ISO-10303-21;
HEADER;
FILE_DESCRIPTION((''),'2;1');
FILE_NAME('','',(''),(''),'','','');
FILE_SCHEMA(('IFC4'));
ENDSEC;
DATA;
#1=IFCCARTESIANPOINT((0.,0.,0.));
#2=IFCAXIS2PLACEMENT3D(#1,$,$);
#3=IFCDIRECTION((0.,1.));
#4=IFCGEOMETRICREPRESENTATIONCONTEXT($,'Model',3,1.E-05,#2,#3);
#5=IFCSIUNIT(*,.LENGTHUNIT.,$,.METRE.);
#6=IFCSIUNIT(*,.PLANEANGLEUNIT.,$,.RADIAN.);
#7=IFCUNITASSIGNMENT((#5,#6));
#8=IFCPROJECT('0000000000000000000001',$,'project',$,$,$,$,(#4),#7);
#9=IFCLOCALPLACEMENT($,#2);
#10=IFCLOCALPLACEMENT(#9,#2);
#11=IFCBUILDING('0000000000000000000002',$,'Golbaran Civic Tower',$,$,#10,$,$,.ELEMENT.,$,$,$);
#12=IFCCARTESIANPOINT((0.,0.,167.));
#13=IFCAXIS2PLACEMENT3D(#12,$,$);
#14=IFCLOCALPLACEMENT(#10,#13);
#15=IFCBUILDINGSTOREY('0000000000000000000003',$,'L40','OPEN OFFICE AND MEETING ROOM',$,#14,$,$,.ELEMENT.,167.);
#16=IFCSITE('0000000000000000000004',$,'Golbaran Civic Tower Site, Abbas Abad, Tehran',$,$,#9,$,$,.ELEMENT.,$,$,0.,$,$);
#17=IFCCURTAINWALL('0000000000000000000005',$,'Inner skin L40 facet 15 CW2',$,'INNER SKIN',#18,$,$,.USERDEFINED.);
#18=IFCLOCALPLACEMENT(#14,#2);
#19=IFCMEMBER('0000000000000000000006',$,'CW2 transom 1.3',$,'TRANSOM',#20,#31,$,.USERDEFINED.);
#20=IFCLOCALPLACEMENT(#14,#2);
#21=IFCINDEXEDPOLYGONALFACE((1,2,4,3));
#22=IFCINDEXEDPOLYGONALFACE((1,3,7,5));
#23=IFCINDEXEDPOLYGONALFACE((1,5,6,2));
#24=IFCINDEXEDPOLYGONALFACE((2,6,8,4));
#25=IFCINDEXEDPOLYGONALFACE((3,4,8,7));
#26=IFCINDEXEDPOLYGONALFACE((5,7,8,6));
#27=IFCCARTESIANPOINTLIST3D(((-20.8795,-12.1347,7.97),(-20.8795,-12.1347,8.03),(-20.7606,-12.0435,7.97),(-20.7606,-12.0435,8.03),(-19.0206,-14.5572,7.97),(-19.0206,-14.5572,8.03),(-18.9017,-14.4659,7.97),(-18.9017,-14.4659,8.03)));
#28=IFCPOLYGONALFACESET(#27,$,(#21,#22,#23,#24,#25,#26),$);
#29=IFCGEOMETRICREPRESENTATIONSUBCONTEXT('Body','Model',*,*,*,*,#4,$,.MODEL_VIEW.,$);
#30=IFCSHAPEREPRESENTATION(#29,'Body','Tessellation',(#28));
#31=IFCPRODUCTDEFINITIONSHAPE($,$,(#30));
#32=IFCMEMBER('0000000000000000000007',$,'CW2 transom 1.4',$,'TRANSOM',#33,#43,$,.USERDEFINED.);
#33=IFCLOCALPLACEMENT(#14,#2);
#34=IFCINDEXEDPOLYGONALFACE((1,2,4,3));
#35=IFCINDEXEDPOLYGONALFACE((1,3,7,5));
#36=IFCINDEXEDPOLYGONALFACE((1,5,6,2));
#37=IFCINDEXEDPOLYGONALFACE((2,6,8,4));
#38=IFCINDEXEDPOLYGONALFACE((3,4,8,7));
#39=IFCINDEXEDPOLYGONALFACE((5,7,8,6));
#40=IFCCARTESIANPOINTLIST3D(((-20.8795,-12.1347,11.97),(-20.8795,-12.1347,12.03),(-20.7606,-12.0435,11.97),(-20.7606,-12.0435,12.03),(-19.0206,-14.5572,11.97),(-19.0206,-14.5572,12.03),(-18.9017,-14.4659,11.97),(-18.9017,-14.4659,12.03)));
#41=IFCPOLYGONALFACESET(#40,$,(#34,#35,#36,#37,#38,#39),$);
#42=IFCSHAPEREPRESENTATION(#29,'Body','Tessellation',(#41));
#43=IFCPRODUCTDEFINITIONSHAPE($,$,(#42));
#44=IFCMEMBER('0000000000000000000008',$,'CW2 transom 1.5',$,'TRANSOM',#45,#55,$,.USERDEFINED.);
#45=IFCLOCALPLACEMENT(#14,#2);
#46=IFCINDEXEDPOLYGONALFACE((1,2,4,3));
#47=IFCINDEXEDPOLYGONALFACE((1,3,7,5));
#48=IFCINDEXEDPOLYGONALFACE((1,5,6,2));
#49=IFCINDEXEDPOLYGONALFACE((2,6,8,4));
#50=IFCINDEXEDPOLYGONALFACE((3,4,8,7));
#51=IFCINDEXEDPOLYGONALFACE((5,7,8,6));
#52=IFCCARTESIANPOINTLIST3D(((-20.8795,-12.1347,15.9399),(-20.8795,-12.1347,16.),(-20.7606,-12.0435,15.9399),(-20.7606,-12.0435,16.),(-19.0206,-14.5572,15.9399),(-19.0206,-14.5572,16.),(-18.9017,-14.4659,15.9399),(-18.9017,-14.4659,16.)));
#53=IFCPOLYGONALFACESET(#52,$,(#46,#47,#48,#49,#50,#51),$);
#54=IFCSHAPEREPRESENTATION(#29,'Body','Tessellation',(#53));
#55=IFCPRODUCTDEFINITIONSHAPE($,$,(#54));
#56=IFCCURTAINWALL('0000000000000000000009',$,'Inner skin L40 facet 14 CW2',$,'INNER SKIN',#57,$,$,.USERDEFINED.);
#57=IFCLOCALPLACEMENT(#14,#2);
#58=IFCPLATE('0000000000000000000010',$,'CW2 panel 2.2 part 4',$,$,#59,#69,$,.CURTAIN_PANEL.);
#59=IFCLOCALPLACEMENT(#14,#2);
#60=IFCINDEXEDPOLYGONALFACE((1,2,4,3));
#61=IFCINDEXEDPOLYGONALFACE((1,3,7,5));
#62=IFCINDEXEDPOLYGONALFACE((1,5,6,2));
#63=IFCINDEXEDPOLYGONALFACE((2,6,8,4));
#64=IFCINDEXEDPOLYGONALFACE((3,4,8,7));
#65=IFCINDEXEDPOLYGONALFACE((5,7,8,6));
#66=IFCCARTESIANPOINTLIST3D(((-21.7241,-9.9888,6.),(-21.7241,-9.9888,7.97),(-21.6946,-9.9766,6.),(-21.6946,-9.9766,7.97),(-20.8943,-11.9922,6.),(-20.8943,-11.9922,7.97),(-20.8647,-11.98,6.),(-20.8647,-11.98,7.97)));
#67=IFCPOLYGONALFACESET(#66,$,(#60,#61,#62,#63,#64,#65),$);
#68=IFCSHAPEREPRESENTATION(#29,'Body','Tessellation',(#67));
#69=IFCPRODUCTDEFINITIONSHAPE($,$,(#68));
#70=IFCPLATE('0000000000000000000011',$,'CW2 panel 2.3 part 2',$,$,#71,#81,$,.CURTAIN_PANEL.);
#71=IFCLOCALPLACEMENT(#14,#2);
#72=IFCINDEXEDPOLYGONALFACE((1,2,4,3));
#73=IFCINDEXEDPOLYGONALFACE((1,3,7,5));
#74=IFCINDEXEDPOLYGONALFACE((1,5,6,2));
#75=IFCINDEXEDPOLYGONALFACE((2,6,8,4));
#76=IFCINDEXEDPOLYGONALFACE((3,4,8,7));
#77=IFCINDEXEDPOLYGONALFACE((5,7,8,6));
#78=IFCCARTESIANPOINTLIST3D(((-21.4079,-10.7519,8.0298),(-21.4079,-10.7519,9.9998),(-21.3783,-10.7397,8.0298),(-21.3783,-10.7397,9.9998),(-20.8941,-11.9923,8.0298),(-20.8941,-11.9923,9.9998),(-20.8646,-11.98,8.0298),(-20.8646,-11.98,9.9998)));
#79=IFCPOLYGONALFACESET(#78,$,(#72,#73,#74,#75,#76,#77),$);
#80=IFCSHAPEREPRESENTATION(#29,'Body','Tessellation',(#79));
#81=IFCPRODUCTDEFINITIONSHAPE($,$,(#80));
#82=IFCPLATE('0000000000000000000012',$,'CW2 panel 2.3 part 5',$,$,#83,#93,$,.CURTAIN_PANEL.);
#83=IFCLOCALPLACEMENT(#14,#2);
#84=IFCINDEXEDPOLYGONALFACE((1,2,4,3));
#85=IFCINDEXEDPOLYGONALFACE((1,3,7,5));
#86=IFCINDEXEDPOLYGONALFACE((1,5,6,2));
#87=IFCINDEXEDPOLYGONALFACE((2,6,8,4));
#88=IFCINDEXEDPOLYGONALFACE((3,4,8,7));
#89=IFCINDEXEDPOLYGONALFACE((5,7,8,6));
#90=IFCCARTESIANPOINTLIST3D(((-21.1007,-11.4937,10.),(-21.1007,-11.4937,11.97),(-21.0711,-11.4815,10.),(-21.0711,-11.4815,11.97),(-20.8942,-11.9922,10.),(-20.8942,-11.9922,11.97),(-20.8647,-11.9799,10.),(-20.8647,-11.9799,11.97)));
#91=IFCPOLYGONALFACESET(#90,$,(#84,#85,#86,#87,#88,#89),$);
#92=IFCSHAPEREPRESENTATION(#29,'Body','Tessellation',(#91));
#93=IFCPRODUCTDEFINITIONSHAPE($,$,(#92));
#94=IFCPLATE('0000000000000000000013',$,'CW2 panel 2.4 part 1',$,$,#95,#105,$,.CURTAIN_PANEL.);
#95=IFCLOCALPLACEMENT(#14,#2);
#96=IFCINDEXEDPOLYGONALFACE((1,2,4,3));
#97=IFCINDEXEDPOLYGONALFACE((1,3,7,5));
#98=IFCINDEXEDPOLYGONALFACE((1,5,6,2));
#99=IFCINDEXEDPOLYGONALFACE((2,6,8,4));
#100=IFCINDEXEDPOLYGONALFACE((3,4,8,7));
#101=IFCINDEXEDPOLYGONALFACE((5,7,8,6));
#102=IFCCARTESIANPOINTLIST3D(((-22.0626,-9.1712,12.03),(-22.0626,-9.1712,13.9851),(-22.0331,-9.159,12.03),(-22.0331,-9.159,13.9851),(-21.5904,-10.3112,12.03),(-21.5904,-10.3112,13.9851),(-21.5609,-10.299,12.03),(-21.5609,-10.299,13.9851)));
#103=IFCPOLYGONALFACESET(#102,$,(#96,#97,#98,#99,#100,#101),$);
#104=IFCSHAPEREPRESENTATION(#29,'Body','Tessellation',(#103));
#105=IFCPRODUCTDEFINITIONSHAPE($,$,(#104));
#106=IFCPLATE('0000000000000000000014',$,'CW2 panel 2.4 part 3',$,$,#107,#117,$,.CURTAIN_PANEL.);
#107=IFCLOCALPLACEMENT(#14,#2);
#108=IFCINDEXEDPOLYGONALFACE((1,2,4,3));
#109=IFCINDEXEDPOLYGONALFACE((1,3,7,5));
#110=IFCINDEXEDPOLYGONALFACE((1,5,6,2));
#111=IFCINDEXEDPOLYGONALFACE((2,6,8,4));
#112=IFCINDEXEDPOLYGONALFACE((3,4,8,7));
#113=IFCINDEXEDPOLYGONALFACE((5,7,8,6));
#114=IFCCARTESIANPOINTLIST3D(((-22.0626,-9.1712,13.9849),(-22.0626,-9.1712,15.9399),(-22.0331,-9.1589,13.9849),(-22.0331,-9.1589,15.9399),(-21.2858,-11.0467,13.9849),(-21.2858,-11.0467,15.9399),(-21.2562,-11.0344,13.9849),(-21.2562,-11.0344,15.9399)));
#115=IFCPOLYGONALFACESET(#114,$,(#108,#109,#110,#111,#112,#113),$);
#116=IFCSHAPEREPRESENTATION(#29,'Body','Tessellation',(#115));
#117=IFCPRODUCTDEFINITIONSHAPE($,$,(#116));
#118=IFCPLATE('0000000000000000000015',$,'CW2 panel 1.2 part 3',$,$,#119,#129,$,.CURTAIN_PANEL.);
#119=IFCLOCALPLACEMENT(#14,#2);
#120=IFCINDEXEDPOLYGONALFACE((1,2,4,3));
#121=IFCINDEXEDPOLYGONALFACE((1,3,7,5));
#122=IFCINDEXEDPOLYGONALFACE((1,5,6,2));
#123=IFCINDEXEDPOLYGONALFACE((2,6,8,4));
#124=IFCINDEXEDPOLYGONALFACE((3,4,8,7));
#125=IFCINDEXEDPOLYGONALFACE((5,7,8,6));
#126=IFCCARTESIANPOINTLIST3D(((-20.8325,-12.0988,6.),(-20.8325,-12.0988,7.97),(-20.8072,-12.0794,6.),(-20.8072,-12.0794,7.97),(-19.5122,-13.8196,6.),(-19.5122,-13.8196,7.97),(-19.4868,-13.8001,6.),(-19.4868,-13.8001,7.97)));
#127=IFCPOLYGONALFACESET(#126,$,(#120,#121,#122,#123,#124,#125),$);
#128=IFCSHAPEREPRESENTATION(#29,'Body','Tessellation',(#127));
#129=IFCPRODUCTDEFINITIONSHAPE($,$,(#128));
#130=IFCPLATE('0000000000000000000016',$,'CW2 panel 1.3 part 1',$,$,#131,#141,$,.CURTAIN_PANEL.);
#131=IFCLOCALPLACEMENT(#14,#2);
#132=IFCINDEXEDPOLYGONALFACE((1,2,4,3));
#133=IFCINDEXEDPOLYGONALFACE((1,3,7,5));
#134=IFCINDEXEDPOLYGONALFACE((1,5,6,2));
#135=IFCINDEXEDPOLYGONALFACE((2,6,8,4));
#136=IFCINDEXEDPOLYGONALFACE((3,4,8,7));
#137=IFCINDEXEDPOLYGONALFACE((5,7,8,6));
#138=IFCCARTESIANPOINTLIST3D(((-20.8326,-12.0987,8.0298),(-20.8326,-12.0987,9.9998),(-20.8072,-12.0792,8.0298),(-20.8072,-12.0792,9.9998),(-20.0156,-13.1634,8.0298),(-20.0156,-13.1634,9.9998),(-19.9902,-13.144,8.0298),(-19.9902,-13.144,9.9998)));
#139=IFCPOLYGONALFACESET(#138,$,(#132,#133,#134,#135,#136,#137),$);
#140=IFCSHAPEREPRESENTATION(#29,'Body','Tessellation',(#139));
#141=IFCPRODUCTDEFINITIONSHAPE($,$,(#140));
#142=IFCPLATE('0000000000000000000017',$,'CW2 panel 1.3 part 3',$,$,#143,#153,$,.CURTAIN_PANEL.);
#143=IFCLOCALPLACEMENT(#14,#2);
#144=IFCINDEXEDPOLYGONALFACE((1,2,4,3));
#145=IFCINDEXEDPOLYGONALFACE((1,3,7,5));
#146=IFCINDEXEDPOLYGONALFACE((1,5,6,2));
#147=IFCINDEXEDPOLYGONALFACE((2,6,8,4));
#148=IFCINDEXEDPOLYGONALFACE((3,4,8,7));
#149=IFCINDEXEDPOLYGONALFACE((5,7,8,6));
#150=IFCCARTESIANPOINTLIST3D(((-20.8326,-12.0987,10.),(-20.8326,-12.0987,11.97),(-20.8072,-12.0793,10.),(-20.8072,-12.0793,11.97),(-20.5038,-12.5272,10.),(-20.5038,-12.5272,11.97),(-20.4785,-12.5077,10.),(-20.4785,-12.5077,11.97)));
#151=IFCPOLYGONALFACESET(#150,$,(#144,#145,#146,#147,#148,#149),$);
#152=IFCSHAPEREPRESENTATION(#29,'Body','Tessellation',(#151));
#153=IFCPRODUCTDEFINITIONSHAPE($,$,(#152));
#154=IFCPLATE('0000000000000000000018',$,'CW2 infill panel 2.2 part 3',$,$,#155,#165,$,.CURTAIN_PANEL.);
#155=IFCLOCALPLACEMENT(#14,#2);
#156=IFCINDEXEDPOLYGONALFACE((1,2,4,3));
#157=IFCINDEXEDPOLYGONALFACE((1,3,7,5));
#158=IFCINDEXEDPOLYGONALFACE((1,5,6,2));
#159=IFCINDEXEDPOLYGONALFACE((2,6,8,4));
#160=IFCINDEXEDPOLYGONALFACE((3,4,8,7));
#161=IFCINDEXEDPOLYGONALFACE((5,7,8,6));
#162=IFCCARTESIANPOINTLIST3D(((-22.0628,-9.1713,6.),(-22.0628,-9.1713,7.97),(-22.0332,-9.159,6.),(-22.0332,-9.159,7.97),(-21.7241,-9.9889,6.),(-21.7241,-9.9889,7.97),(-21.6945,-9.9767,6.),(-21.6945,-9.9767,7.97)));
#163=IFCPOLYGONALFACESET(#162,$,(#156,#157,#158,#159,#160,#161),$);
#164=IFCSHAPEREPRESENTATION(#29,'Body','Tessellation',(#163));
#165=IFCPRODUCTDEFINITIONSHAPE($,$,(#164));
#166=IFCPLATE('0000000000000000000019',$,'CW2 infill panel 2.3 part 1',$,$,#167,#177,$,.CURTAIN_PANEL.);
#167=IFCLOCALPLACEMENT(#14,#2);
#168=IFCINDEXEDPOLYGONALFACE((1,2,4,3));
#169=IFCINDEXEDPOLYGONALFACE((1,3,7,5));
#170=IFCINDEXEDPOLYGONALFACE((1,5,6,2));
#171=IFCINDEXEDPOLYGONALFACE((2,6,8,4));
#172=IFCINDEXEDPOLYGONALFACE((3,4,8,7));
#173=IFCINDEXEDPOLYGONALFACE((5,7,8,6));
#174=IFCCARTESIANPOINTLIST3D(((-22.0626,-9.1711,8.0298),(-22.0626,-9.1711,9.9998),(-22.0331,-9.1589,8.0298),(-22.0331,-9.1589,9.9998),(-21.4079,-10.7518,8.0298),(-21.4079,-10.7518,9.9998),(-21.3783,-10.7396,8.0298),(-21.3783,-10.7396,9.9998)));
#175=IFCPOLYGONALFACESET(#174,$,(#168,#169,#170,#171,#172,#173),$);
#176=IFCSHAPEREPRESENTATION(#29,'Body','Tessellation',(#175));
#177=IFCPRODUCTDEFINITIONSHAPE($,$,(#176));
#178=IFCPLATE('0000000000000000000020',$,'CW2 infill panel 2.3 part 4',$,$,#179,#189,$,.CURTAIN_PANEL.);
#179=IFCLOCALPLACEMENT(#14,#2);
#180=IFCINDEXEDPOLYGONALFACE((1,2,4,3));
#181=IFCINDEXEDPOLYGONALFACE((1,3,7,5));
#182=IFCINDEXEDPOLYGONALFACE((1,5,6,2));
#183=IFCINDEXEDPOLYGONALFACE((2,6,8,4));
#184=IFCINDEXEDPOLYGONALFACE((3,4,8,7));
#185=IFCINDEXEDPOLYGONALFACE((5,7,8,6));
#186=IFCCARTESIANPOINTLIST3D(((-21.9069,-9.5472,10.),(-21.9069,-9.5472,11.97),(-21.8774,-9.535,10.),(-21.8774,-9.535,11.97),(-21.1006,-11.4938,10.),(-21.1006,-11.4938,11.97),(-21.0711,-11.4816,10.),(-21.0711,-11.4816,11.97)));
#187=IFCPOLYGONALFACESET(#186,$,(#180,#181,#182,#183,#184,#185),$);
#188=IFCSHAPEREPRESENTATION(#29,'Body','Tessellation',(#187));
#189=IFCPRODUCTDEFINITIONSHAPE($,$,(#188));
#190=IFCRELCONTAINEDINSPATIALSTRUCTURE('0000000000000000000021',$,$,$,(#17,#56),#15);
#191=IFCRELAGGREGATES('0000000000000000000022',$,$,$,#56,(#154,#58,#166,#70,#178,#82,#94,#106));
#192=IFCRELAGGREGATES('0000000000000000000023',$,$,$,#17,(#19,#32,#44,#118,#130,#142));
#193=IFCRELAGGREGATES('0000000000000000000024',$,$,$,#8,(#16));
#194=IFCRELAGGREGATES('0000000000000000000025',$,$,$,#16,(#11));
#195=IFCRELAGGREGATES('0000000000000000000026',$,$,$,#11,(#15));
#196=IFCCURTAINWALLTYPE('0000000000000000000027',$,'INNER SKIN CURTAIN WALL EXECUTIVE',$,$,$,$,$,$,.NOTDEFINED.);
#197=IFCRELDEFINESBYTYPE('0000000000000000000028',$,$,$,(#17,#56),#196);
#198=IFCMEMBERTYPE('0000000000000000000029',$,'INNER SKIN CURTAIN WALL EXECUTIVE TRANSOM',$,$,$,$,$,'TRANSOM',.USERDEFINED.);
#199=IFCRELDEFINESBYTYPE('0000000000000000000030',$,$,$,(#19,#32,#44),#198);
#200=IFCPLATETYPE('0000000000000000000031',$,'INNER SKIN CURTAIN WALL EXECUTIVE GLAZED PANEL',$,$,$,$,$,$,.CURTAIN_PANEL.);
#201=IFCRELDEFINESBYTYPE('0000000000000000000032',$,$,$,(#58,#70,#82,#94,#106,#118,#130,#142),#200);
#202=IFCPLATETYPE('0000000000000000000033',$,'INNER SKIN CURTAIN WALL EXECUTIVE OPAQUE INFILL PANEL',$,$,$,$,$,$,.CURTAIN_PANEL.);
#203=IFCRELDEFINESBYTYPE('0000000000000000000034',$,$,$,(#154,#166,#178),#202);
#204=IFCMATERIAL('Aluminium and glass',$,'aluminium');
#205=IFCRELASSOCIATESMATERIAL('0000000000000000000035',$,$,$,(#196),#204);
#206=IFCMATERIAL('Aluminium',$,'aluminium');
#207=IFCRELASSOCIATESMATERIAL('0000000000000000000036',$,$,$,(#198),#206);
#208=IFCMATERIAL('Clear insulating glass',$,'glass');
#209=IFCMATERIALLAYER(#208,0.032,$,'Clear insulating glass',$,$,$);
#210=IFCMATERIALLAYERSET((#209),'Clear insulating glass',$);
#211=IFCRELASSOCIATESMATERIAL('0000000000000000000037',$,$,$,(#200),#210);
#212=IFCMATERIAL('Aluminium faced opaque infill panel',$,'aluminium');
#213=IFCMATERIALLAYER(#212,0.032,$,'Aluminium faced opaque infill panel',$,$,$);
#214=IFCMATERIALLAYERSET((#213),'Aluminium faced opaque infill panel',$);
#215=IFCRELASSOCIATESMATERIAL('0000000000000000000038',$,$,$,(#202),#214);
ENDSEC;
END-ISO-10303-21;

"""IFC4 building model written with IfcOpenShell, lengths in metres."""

from ifc_helpers import new_model, si_unit, direction, frame, origin, origin_2d, place, context, subcontext, project, spatial, rectangle, extrude, material, layer, layer_set, material_profile, profile_set, type_object, element, aggregate, save


model = new_model("IFC4")

# Units and contexts
model_context = context("Model", 3, precision=1e-05, world=origin(), true_north=direction((0.0, 1.0)))
body_context = subcontext(model_context, "Body", "Model", "MODEL_VIEW")
ifc_project = project(units=[si_unit("LENGTHUNIT", "METRE"), si_unit("PLANEANGLEUNIT", "RADIAN")], contexts=[model_context])

# Site, building, storey
site_placement = place(None, origin())
site = spatial("IfcSite", under=ifc_project, at=site_placement, Name="Golbaran Civic Tower Site, Abbas Abad, Tehran", CompositionType="ELEMENT", RefElevation=0.0)
building_placement = place(site_placement, origin())
building = spatial("IfcBuilding", under=site, at=building_placement, Name="Golbaran Civic Tower", CompositionType="ELEMENT")
storey_placement = place(building_placement, frame((0.0, 0.0, 167.0)))
storey = spatial("IfcBuildingStorey", under=building, at=storey_placement, Name="L40", Description="OPEN OFFICE AND MEETING ROOM", CompositionType="ELEMENT", Elevation=167.0)

# Curtain wall, members
ifc_material_1 = material(Name="Aluminium and glass", Category="aluminium")
curtain_wall_type_1 = type_object("IfcCurtainWallType", Name="INNER SKIN CURTAIN WALL EXECUTIVE", PredefinedType="NOTDEFINED", material=ifc_material_1)
curtain_wall_1_placement = place(storey_placement, origin())
curtain_wall_1 = element("IfcCurtainWall", 1, at=curtain_wall_1_placement, inside=storey, type_object=curtain_wall_type_1, Name="Inner skin L40 facet 15 CW2", ObjectType="INNER SKIN", PredefinedType="USERDEFINED")
ifc_material_2 = material(Name="Aluminium", Category="aluminium")
ifc_material_profile = material_profile(ifc_material_2, rectangle(XDim=0.1499, YDim=0.0601, at=origin_2d()), Name="INNER SKIN CURTAIN WALL EXECUTIVE TRANSOM")
ifc_profile_set = profile_set([ifc_material_profile], Name="Aluminium")
member_type = type_object("IfcMemberType", Name="INNER SKIN CURTAIN WALL EXECUTIVE TRANSOM", ElementType="TRANSOM", PredefinedType="USERDEFINED", material=ifc_profile_set)
member_1_placement = place(storey_placement, frame((-20.8201, -12.0891, 8.0), z_axis=(0.608791, -0.793331, 0.0), x_axis=(0.793331, 0.608791, 0.0)))
member_1 = element("IfcMember", 2, at=member_1_placement, type_object=member_type, Name="CW2 transom 1.3", ObjectType="TRANSOM", PredefinedType="USERDEFINED", context=body_context, shape_type="SweptSolid", body=[
    extrude(rectangle(XDim=0.1499, YDim=0.0601, at=origin_2d()), origin(), (0.0, 0.0, 1.0), 3.0535),
])
member_2_placement = place(storey_placement, frame((-20.8201, -12.0891, 12.0), z_axis=(0.608791, -0.793331, 0.0), x_axis=(0.793331, 0.608791, 0.0)))
member_2 = element("IfcMember", 3, at=member_2_placement, type_object=member_type, Name="CW2 transom 1.4", ObjectType="TRANSOM", PredefinedType="USERDEFINED", context=body_context, shape_type="SweptSolid", body=[
    extrude(rectangle(XDim=0.1499, YDim=0.0601, at=origin_2d()), origin(), (0.0, 0.0, 1.0), 3.0535),
])
member_3_placement = place(storey_placement, frame((-20.8201, -12.0891, 15.97), z_axis=(0.608791, -0.793331, 0.0), x_axis=(0.793331, 0.608791, 0.0)))
member_3 = element("IfcMember", 4, at=member_3_placement, type_object=member_type, Name="CW2 transom 1.5", ObjectType="TRANSOM", PredefinedType="USERDEFINED", context=body_context, shape_type="SweptSolid", body=[
    extrude(rectangle(XDim=0.1499, YDim=0.0601, at=origin_2d()), origin(), (0.0, 0.0, 1.0), 3.0535),
])

# Curtain wall, plates
curtain_wall_2_placement = place(storey_placement, origin())
curtain_wall_2 = element("IfcCurtainWall", 5, at=curtain_wall_2_placement, inside=storey, type_object=curtain_wall_type_1, Name="Inner skin L40 facet 14 CW2", ObjectType="INNER SKIN", PredefinedType="USERDEFINED")
ifc_material_3 = material(Name="Clear insulating glass", Category="glass")
ifc_layer_1 = layer(ifc_material_3, 0.032, Name="Clear insulating glass")
ifc_layer_set_1 = layer_set([ifc_layer_1], Name="Clear insulating glass")
plate_type_1 = type_object("IfcPlateType", Name="INNER SKIN CURTAIN WALL EXECUTIVE GLAZED PANEL", PredefinedType="CURTAIN_PANEL", material=ifc_layer_set_1)
plate_1_placement = place(storey_placement, frame((-21.2944, -10.9844, 6.0), z_axis=(0.0, 0.0, 1.0), x_axis=(0.382683, -0.92388, 0.0)))
plate_1 = element("IfcPlate", 6, at=plate_1_placement, type_object=plate_type_1, Name="CW2 panel 2.2 part 4", PredefinedType="CURTAIN_PANEL", context=body_context, shape_type="SweptSolid", body=[
    extrude(rectangle(XDim=2.1685, YDim=0.032, at=origin_2d()), origin(), (0.0, 0.0, 1.0), 1.97),
])
plate_2_placement = place(storey_placement, frame((-21.1362, -11.366, 8.0298), z_axis=(0.0, 0.0, 1.0), x_axis=(0.382683, -0.92388, 0.0)))
plate_2 = element("IfcPlate", 7, at=plate_2_placement, type_object=plate_type_1, Name="CW2 panel 2.3 part 2", PredefinedType="CURTAIN_PANEL", context=body_context, shape_type="SweptSolid", body=[
    extrude(rectangle(XDim=1.3425, YDim=0.032, at=origin_2d()), origin(), (0.0, 0.0, 1.0), 1.97),
])
plate_3_placement = place(storey_placement, frame((-20.9827, -11.7368, 10.0), z_axis=(0.0, 0.0, 1.0), x_axis=(0.382683, -0.92388, 0.0)))
plate_3 = element("IfcPlate", 8, at=plate_3_placement, type_object=plate_type_1, Name="CW2 panel 2.3 part 5", PredefinedType="CURTAIN_PANEL", context=body_context, shape_type="SweptSolid", body=[
    extrude(rectangle(XDim=0.5396, YDim=0.032, at=origin_2d()), origin(), (0.0, 0.0, 1.0), 1.97),
])
plate_4_placement = place(storey_placement, frame((-21.8118, -9.7351, 12.03), z_axis=(0.0, 0.0, 1.0), x_axis=(0.382683, -0.92388, 0.0)))
plate_4 = element("IfcPlate", 9, at=plate_4_placement, type_object=plate_type_1, Name="CW2 panel 2.4 part 1", PredefinedType="CURTAIN_PANEL", context=body_context, shape_type="SweptSolid", body=[
    extrude(rectangle(XDim=1.2339, YDim=0.032, at=origin_2d()), origin(), (0.0, 0.0, 1.0), 1.9551),
])
plate_5_placement = place(storey_placement, frame((-21.6594, -10.1028, 13.9849), z_axis=(0.0, 0.0, 1.0), x_axis=(0.382683, -0.92388, 0.0)))
plate_5 = element("IfcPlate", 10, at=plate_5_placement, type_object=plate_type_1, Name="CW2 panel 2.4 part 3", PredefinedType="CURTAIN_PANEL", context=body_context, shape_type="SweptSolid", body=[
    extrude(rectangle(XDim=2.03, YDim=0.032, at=origin_2d()), origin(), (0.0, 0.0, 1.0), 1.9551),
])

# Plates
plate_6_placement = place(storey_placement, frame((-20.1597, -12.9495, 6.0), z_axis=(0.0, 0.0, 1.0), x_axis=(0.608761, -0.793353, 0.0)))
plate_6 = element("IfcPlate", 11, at=plate_6_placement, type_object=plate_type_1, Name="CW2 panel 1.2 part 3", PredefinedType="CURTAIN_PANEL", context=body_context, shape_type="SweptSolid", body=[
    extrude(rectangle(XDim=2.1689, YDim=0.032, at=origin_2d()), origin(), (0.0, 0.0, 1.0), 1.97),
])
plate_7_placement = place(storey_placement, frame((-20.4114, -12.6213, 8.0298), z_axis=(0.0, 0.0, 1.0), x_axis=(0.608761, -0.793353, 0.0)))
plate_7 = element("IfcPlate", 12, at=plate_7_placement, type_object=plate_type_1, Name="CW2 panel 1.3 part 1", PredefinedType="CURTAIN_PANEL", context=body_context, shape_type="SweptSolid", body=[
    extrude(rectangle(XDim=1.342, YDim=0.032, at=origin_2d()), origin(), (0.0, 0.0, 1.0), 1.97),
])
plate_8_placement = place(storey_placement, frame((-20.6555, -12.3032, 10.0), z_axis=(0.0, 0.0, 1.0), x_axis=(0.608761, -0.793353, 0.0)))
plate_8 = element("IfcPlate", 13, at=plate_8_placement, type_object=plate_type_1, Name="CW2 panel 1.3 part 3", PredefinedType="CURTAIN_PANEL", context=body_context, shape_type="SweptSolid", body=[
    extrude(rectangle(XDim=0.54, YDim=0.032, at=origin_2d()), origin(), (0.0, 0.0, 1.0), 1.97),
])
ifc_material_4 = material(Name="Aluminium faced opaque infill panel", Category="aluminium")
ifc_layer_2 = layer(ifc_material_4, 0.032, Name="Aluminium faced opaque infill panel")
ifc_layer_set_2 = layer_set([ifc_layer_2], Name="Aluminium faced opaque infill panel")
plate_type_2 = type_object("IfcPlateType", Name="INNER SKIN CURTAIN WALL EXECUTIVE OPAQUE INFILL PANEL", PredefinedType="CURTAIN_PANEL", material=ifc_layer_set_2)
plate_9_placement = place(storey_placement, frame((-21.8787, -9.574, 6.0), z_axis=(0.0, 0.0, 1.0), x_axis=(0.382683, -0.92388, 0.0)))
plate_9 = element("IfcPlate", 14, at=plate_9_placement, type_object=plate_type_2, Name="CW2 infill panel 2.2 part 3", PredefinedType="CURTAIN_PANEL", context=body_context, shape_type="SweptSolid", body=[
    extrude(rectangle(XDim=0.885, YDim=0.032, at=origin_2d()), origin(), (0.0, 0.0, 1.0), 1.97),
])
plate_10_placement = place(storey_placement, frame((-21.7205, -9.9553, 8.0298), z_axis=(0.0, 0.0, 1.0), x_axis=(0.382683, -0.92388, 0.0)))
plate_10 = element("IfcPlate", 15, at=plate_10_placement, type_object=plate_type_2, Name="CW2 infill panel 2.3 part 1", PredefinedType="CURTAIN_PANEL", context=body_context, shape_type="SweptSolid", body=[
    extrude(rectangle(XDim=1.7109, YDim=0.032, at=origin_2d()), origin(), (0.0, 0.0, 1.0), 1.97),
])
plate_11_placement = place(storey_placement, frame((-21.489, -10.5144, 10.0), z_axis=(0.0, 0.0, 1.0), x_axis=(0.382683, -0.92388, 0.0)))
plate_11 = element("IfcPlate", 16, at=plate_11_placement, type_object=plate_type_2, Name="CW2 infill panel 2.3 part 4", PredefinedType="CURTAIN_PANEL", context=body_context, shape_type="SweptSolid", body=[
    extrude(rectangle(XDim=2.1069, YDim=0.032, at=origin_2d()), origin(), (0.0, 0.0, 1.0), 1.97),
])
aggregate(curtain_wall_2, [plate_9, plate_1, plate_10, plate_2, plate_11, plate_3, plate_4, plate_5])
aggregate(curtain_wall_1, [member_1, member_2, member_3, plate_6, plate_7, plate_8])

save(model, "model.ifc")
